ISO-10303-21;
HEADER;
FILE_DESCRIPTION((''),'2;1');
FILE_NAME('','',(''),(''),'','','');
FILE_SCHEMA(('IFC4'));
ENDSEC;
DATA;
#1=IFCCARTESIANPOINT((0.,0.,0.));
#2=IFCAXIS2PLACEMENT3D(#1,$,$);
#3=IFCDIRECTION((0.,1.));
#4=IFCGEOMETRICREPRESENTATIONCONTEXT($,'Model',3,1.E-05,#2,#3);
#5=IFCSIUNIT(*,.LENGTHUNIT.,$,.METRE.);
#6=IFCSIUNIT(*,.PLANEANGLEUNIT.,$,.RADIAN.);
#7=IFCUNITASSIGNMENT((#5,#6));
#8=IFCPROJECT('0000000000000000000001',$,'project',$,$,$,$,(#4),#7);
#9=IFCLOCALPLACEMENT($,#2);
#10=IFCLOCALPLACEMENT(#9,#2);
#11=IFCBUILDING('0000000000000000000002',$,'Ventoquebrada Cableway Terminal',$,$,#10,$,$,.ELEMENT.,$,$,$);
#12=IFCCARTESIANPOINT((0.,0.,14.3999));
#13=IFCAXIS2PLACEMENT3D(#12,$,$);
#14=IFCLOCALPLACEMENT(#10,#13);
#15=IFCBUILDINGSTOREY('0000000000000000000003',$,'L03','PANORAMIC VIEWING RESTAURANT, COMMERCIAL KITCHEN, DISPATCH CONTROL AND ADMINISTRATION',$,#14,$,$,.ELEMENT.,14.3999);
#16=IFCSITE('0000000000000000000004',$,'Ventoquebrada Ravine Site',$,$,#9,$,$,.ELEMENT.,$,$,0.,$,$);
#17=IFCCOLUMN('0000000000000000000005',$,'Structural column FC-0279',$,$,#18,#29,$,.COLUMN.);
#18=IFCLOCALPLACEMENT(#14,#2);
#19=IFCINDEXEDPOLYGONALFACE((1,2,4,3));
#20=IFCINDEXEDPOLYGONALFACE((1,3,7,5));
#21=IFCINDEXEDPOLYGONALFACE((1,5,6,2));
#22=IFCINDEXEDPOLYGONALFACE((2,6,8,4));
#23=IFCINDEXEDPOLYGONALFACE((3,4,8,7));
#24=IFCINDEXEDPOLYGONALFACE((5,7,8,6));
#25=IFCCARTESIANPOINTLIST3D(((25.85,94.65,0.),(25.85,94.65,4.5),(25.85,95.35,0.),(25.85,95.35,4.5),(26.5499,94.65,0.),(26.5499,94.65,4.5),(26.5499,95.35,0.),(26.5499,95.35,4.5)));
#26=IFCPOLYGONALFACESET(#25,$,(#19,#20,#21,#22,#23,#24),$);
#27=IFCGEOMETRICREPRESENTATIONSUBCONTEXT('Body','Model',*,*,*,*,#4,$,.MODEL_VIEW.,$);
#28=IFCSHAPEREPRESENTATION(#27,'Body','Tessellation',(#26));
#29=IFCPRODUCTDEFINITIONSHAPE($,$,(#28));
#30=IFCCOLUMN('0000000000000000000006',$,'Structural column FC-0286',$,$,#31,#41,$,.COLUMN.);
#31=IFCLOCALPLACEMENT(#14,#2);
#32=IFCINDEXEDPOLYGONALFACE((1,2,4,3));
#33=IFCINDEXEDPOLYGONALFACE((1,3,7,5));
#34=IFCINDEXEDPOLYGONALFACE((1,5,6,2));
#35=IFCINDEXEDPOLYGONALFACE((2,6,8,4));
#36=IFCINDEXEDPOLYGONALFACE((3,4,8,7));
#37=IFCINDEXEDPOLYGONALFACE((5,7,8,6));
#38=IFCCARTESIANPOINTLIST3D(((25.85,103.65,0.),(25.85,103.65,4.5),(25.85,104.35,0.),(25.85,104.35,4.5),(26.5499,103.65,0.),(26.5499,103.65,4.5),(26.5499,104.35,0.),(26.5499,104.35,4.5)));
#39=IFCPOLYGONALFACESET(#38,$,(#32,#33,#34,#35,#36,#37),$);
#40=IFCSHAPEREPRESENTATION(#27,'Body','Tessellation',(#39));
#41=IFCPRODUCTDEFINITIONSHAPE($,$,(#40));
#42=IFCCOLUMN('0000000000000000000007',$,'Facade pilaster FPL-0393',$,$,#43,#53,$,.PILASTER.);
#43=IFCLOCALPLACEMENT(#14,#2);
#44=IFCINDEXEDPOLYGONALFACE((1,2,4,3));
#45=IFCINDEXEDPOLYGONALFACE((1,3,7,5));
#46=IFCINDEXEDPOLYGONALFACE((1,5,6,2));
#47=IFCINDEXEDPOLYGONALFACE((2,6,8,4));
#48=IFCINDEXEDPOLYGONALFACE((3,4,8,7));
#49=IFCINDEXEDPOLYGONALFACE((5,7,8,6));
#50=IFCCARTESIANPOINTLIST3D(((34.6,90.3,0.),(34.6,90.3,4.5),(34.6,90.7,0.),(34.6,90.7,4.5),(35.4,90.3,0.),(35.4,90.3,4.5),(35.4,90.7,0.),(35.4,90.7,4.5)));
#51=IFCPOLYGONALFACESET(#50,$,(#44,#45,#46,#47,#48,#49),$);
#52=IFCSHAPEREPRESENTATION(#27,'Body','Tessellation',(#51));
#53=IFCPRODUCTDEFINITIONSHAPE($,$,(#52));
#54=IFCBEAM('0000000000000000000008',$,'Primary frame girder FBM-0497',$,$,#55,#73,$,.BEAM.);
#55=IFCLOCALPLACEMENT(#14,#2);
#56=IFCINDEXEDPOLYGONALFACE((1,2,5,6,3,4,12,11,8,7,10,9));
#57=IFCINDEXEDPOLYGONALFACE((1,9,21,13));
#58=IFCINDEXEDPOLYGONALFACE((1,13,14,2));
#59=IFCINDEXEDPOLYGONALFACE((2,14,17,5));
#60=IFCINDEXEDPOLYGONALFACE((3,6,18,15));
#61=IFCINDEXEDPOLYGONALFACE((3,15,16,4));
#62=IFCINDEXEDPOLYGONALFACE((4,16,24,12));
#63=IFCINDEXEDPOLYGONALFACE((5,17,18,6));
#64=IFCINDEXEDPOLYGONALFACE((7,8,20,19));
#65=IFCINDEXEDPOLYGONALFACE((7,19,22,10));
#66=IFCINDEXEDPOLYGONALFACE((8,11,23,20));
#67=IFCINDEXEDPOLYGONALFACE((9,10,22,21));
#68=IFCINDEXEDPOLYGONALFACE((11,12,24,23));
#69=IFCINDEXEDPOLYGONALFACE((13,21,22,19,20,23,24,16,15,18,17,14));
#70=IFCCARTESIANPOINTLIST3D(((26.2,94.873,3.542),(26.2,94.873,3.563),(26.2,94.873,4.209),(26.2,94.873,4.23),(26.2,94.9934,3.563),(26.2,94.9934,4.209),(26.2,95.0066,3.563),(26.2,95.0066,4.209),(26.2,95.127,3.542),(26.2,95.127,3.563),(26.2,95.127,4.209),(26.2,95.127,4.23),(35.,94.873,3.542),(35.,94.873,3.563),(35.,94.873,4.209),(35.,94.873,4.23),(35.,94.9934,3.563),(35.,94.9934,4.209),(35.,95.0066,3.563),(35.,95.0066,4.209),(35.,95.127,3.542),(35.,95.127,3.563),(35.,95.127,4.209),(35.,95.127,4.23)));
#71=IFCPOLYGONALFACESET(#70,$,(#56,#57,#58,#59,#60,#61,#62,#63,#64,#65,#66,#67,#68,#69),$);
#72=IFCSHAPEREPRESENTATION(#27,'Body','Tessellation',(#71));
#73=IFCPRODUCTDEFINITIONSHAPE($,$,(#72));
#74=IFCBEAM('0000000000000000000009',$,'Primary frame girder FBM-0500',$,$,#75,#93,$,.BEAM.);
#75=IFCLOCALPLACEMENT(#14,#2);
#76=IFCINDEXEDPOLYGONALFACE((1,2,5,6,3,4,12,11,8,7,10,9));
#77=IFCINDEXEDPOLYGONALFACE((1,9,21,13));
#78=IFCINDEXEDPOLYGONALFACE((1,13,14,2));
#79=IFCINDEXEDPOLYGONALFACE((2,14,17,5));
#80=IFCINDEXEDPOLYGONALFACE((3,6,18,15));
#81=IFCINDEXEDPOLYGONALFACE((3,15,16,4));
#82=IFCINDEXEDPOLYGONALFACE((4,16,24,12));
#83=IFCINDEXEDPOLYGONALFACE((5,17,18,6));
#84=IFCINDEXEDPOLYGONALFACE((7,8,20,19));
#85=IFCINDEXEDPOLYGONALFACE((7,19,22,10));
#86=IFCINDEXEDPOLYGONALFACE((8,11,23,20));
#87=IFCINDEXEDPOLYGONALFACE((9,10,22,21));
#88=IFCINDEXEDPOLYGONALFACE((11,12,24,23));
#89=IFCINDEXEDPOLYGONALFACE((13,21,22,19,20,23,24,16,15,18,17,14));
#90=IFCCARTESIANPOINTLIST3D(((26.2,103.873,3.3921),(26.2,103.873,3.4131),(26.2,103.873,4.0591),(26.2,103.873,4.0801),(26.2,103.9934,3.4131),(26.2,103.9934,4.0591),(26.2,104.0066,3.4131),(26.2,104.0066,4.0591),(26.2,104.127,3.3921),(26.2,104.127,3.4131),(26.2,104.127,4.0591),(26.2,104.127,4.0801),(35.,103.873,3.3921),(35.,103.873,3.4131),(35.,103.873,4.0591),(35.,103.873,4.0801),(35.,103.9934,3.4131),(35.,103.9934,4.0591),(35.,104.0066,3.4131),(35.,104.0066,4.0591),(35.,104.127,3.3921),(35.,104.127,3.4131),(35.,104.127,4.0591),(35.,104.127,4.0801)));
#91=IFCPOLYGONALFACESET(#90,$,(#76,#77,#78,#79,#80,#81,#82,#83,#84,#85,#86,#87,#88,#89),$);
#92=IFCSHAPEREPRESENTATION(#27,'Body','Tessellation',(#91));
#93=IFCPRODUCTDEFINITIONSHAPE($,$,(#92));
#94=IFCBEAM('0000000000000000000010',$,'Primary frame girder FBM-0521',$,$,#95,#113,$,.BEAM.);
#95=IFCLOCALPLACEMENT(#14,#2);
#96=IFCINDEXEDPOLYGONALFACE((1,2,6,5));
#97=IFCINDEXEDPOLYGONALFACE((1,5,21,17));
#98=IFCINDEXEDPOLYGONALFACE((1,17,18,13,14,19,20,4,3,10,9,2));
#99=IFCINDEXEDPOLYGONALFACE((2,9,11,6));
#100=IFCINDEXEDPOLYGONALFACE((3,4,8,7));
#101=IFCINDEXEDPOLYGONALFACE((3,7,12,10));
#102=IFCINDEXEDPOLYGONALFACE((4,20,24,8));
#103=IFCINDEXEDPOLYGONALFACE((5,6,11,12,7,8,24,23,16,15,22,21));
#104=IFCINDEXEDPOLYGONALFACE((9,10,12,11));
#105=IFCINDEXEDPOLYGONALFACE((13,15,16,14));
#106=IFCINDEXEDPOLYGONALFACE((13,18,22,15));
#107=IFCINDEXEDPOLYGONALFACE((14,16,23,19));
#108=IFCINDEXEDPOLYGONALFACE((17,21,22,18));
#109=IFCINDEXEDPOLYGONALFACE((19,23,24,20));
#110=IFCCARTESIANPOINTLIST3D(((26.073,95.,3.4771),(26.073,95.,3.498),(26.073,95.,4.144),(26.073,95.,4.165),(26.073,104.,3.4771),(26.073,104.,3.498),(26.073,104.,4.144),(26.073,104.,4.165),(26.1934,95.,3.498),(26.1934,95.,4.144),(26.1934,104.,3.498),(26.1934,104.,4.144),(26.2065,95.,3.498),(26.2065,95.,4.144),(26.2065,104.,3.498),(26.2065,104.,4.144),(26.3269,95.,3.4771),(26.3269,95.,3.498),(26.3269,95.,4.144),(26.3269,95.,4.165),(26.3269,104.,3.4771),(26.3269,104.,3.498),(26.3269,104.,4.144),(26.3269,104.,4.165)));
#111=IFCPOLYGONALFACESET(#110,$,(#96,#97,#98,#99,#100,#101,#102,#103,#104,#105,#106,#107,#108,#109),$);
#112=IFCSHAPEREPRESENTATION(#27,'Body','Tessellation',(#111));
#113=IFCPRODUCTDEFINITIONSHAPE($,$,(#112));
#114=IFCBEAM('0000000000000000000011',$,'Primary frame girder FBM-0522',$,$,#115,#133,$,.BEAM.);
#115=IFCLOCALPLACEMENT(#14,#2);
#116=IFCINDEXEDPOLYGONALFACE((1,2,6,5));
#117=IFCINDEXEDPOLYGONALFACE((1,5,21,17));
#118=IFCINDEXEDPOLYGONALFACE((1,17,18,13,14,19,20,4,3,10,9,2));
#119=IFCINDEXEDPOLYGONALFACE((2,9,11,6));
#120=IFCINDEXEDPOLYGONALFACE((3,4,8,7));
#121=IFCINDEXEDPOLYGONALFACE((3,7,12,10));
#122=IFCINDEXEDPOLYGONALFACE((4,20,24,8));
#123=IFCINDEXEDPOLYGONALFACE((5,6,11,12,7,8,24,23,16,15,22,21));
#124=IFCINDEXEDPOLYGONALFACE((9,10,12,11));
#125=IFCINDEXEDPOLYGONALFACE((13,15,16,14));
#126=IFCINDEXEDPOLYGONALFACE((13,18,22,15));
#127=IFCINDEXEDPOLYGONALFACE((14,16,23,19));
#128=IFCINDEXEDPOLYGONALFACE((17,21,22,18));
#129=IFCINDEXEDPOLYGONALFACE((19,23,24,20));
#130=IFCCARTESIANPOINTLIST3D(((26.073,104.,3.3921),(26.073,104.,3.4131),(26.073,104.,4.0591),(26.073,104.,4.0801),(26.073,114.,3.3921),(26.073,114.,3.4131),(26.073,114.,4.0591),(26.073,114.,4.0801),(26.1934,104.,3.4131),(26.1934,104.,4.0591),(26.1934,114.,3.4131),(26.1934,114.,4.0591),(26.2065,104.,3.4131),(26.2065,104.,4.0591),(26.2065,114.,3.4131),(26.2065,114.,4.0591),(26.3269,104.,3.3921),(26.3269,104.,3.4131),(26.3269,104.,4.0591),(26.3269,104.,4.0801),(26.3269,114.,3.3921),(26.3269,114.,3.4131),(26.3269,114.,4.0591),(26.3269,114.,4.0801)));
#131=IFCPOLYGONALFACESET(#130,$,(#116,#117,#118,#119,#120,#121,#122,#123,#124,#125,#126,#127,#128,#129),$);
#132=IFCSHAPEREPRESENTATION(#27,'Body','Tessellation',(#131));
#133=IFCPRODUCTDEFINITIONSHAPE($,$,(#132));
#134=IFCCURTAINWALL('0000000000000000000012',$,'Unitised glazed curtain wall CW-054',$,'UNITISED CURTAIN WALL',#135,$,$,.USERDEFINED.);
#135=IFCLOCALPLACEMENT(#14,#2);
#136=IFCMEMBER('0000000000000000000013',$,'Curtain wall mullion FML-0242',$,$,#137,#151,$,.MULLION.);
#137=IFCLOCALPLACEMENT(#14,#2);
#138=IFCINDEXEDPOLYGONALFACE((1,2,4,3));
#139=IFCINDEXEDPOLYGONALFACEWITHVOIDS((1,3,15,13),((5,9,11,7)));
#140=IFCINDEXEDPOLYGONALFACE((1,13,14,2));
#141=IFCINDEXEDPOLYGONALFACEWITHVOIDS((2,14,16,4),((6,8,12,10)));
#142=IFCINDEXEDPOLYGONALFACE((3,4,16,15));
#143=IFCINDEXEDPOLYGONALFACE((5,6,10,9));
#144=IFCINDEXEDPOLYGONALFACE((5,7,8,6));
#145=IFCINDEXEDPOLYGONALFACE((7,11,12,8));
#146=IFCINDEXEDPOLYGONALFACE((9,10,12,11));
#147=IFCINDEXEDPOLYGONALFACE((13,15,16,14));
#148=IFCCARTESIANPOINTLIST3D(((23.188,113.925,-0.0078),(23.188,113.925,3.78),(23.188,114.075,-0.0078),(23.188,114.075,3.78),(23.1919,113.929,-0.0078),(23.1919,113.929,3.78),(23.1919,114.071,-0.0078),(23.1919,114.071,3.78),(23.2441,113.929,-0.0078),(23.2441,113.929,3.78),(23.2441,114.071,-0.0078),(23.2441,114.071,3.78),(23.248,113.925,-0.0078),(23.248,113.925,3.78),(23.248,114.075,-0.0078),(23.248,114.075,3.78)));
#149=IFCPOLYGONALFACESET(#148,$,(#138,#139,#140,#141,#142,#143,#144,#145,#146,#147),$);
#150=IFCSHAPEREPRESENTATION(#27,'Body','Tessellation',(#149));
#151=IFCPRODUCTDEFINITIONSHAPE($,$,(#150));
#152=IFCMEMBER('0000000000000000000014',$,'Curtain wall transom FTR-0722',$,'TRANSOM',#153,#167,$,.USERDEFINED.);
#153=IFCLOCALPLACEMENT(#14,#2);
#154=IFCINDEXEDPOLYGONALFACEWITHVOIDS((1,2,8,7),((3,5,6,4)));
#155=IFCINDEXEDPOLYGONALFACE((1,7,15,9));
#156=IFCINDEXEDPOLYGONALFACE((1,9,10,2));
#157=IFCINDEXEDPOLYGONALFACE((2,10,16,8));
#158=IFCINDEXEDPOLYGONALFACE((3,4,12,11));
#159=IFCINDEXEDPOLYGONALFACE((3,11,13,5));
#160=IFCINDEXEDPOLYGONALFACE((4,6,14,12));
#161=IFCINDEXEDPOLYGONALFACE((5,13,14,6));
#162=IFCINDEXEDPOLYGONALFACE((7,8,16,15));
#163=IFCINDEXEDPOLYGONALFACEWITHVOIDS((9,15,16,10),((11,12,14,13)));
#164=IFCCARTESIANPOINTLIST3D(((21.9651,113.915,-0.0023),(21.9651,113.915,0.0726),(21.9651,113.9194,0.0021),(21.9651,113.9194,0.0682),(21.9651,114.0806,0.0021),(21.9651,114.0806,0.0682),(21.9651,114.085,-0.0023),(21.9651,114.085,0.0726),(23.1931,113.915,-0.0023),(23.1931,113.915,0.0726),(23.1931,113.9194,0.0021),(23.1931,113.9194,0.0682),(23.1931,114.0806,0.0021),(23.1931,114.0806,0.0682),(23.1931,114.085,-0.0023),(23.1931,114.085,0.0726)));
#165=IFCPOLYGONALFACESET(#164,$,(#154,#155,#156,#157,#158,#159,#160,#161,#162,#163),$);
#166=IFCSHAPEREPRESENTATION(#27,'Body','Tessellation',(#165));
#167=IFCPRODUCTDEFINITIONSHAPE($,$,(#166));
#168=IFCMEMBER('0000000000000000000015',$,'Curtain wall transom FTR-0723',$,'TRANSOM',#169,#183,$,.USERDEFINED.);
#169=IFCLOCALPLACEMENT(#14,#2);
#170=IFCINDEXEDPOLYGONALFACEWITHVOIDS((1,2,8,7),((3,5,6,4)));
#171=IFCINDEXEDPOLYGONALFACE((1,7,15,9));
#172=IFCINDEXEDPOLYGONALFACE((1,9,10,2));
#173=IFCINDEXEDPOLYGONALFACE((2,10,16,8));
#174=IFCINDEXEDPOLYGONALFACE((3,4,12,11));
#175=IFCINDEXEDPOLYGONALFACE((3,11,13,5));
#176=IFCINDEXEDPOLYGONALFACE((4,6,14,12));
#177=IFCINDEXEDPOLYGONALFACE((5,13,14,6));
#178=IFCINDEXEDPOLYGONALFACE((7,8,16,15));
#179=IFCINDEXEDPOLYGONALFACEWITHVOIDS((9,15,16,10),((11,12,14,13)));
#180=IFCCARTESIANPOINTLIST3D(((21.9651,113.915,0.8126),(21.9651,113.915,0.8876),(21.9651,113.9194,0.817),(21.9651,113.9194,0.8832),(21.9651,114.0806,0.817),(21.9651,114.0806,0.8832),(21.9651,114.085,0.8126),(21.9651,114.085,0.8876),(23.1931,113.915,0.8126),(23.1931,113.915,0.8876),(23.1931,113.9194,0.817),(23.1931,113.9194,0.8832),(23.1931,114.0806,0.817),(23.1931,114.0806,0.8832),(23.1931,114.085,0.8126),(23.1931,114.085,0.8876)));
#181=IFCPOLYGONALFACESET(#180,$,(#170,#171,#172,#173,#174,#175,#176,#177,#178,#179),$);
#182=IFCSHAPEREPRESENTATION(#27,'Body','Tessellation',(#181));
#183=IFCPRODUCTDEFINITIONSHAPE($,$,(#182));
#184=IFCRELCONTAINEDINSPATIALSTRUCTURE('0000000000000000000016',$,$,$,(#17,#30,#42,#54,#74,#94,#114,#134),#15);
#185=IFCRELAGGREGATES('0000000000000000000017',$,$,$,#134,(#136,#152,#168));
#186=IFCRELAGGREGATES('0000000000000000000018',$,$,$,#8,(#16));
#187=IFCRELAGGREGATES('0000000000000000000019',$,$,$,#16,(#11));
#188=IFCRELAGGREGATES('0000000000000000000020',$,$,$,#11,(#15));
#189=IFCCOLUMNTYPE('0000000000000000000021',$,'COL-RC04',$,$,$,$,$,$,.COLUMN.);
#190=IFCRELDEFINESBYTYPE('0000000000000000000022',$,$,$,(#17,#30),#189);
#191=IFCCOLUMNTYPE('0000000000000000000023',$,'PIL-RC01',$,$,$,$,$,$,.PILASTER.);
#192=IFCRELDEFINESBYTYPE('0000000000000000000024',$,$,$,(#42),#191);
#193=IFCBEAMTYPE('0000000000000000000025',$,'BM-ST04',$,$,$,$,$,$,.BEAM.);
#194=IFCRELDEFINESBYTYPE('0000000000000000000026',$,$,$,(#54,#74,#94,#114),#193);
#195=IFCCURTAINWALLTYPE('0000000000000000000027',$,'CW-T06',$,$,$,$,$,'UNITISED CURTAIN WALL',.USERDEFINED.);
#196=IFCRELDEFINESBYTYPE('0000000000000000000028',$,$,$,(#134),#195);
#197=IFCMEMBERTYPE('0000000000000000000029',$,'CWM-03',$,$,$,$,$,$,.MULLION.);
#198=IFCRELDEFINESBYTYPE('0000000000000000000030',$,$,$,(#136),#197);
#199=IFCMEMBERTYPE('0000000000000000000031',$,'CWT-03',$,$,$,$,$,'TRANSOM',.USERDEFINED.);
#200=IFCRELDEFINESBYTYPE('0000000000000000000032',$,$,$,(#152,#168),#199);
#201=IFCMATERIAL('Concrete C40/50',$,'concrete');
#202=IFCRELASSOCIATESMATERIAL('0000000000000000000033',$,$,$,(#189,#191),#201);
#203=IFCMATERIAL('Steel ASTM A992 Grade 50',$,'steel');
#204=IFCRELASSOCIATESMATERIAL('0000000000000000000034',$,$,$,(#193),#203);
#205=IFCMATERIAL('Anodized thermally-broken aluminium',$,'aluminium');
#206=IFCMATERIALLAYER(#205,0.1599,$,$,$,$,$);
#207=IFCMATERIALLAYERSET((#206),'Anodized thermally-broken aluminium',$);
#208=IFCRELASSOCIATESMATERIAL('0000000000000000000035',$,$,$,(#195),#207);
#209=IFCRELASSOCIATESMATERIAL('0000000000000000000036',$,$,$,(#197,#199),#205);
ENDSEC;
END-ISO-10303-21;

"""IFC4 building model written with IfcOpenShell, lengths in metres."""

from ifc_helpers import new_model, si_unit, direction, frame, origin, origin_2d, place, context, subcontext, project, spatial, rectangle, hollow_rectangle, i_section, extrude, material, layer, layer_set, material_profile, profile_set, type_object, element, aggregate, save


model = new_model("IFC4")

# Units and contexts
model_context = context("Model", 3, precision=1e-05, world=origin(), true_north=direction((0.0, 1.0)))
body_context = subcontext(model_context, "Body", "Model", "MODEL_VIEW")
ifc_project = project(units=[si_unit("LENGTHUNIT", "METRE"), si_unit("PLANEANGLEUNIT", "RADIAN")], contexts=[model_context])

# Site, building, storey
site_placement = place(None, origin())
site = spatial("IfcSite", under=ifc_project, at=site_placement, Name="Ventoquebrada Ravine Site", CompositionType="ELEMENT", RefElevation=0.0)
building_placement = place(site_placement, origin())
building = spatial("IfcBuilding", under=site, at=building_placement, Name="Ventoquebrada Cableway Terminal", CompositionType="ELEMENT")
storey_placement = place(building_placement, frame((0.0, 0.0, 14.3999)))
storey = spatial("IfcBuildingStorey", under=building, at=storey_placement, Name="L03", Description="PANORAMIC VIEWING RESTAURANT, COMMERCIAL KITCHEN, DISPATCH CONTROL AND ADMINISTRATION", CompositionType="ELEMENT", Elevation=14.3999)

# Columns
ifc_material_1 = material(Name="Concrete C40/50", Category="concrete")
ifc_material_profile_1 = material_profile(ifc_material_1, rectangle(XDim=0.7, YDim=0.7, at=origin_2d()), Name="RC-COL-700X700")
ifc_profile_set_1 = profile_set([ifc_material_profile_1], Name="Concrete C40/50")
column_type_1 = type_object("IfcColumnType", Name="COL-RC04", PredefinedType="COLUMN", material=ifc_profile_set_1)
for number, where, z_axis, x_axis, name in (
    (1, (26.2, 95.0, 0.0), (0.0, 0.0, 1.0), (1.0, 0.0, 0.0), "Structural column FC-0279"),
    (2, (26.2, 104.0, 0.0), (0.0, 0.0, 1.0), (1.0, 0.0, 0.0), "Structural column FC-0286"),
):
    element("IfcColumn", number, at=place(storey_placement, frame(where, z_axis=z_axis, x_axis=x_axis)), inside=storey, type_object=column_type_1, Name=name, PredefinedType="COLUMN", context=body_context, shape_type="SweptSolid", body=[
        extrude(rectangle(XDim=0.7, YDim=0.7, at=origin_2d()), origin(), (0.0, 0.0, 1.0), 4.5),
    ])
ifc_material_profile_2 = material_profile(ifc_material_1, rectangle(XDim=0.3999, YDim=0.8, at=origin_2d()), Name="RC-PIL-400X800")
ifc_profile_set_2 = profile_set([ifc_material_profile_2], Name="Concrete C40/50")
column_type_2 = type_object("IfcColumnType", Name="PIL-RC01", PredefinedType="PILASTER", material=ifc_profile_set_2)
column_placement = place(storey_placement, frame((35.0, 90.5, 0.0), z_axis=(0.0, 0.0, 1.0), x_axis=(0.0, 1.0, 0.0)))
element("IfcColumn", 3, at=column_placement, inside=storey, type_object=column_type_2, Name="Facade pilaster FPL-0393", PredefinedType="PILASTER", context=body_context, shape_type="SweptSolid", body=[
    extrude(rectangle(XDim=0.3999, YDim=0.8, at=origin_2d()), origin(), (0.0, 0.0, 1.0), 4.5),
])

# Beams
ifc_material_2 = material(Name="Steel ASTM A992 Grade 50", Category="steel")
ifc_material_profile_3 = material_profile(ifc_material_2, i_section(OverallWidth=0.2539, OverallDepth=0.688, WebThickness=0.0132, FlangeThickness=0.021, at=origin_2d()), Name="W27X102")
ifc_profile_set_3 = profile_set([ifc_material_profile_3], Name="Steel ASTM A992 Grade 50")
beam_type = type_object("IfcBeamType", Name="BM-ST04", PredefinedType="BEAM", material=ifc_profile_set_3)
for number, where, z_axis, x_axis, name in (
    (4, (26.2, 95.0, 3.886), (1.0, 0.0, 0.0), (0.0, 1.0, 0.0), "Primary frame girder FBM-0497"),
    (5, (26.2, 104.0, 3.7361), (1.0, 0.0, 0.0), (0.0, 1.0, 0.0), "Primary frame girder FBM-0500"),
):
    element("IfcBeam", number, at=place(storey_placement, frame(where, z_axis=z_axis, x_axis=x_axis)), inside=storey, type_object=beam_type, Name=name, PredefinedType="BEAM", context=body_context, shape_type="SweptSolid", body=[
        extrude(i_section(OverallWidth=0.2539, OverallDepth=0.688, WebThickness=0.0132, FlangeThickness=0.021, at=origin_2d()), origin(), (0.0, 0.0, 1.0), 8.8),
    ])
beam_1_placement = place(storey_placement, frame((26.2, 95.0, 3.821), z_axis=(0.0, 1.0, 0.0), x_axis=(-1.0, 0.0, 0.0)))
element("IfcBeam", 6, at=beam_1_placement, inside=storey, type_object=beam_type, Name="Primary frame girder FBM-0521", PredefinedType="BEAM", context=body_context, shape_type="SweptSolid", body=[
    extrude(i_section(OverallWidth=0.2539, OverallDepth=0.688, WebThickness=0.0132, FlangeThickness=0.021, at=origin_2d()), origin(), (0.0, 0.0, 1.0), 9.0),
])
beam_2_placement = place(storey_placement, frame((26.2, 104.0, 3.7361), z_axis=(0.0, 1.0, 0.0), x_axis=(-1.0, 0.0, 0.0)))
element("IfcBeam", 7, at=beam_2_placement, inside=storey, type_object=beam_type, Name="Primary frame girder FBM-0522", PredefinedType="BEAM", context=body_context, shape_type="SweptSolid", body=[
    extrude(i_section(OverallWidth=0.2539, OverallDepth=0.688, WebThickness=0.0132, FlangeThickness=0.021, at=origin_2d()), origin(), (0.0, 0.0, 1.0), 10.0),
])

# Curtain wall, members
ifc_material_3 = material(Name="Anodized thermally-broken aluminium", Category="aluminium")
ifc_layer_1 = layer(ifc_material_3, 0.1599)
ifc_layer_set_1 = layer_set([ifc_layer_1], Name="Anodized thermally-broken aluminium")
curtain_wall_type = type_object("IfcCurtainWallType", Name="CW-T06", ElementType="UNITISED CURTAIN WALL", PredefinedType="USERDEFINED", material=ifc_layer_set_1)
curtain_wall_placement = place(storey_placement, origin())
curtain_wall = element("IfcCurtainWall", 8, at=curtain_wall_placement, inside=storey, type_object=curtain_wall_type, Name="Unitised glazed curtain wall CW-054", ObjectType="UNITISED CURTAIN WALL", PredefinedType="USERDEFINED")
ifc_material_profile_4 = material_profile(ifc_material_3, hollow_rectangle(XDim=0.0601, YDim=0.1499, WallThickness=0.0039, at=origin_2d()), Name="CW-MUL-60X150")
ifc_profile_set_4 = profile_set([ifc_material_profile_4], Name="Anodized thermally-broken aluminium")
member_type_1 = type_object("IfcMemberType", Name="CWM-03", PredefinedType="MULLION", material=ifc_profile_set_4)
member_1_placement = place(storey_placement, frame((23.218, 114.0, -0.0078), z_axis=(0.0, 0.0, 1.0), x_axis=(-1.0, 0.0, 0.0)))
member_1 = element("IfcMember", 9, at=member_1_placement, type_object=member_type_1, Name="Curtain wall mullion FML-0242", PredefinedType="MULLION", context=body_context, shape_type="SweptSolid", body=[
    extrude(hollow_rectangle(XDim=0.0601, YDim=0.1499, WallThickness=0.0039, at=origin_2d()), origin(), (0.0, 0.0, 1.0), 3.7878),
])
ifc_material_profile_5 = material_profile(ifc_material_3, hollow_rectangle(XDim=0.075, YDim=0.1699, WallThickness=0.0044, at=origin_2d()), Name="CW-TRN-75X170")
ifc_profile_set_5 = profile_set([ifc_material_profile_5], Name="Anodized thermally-broken aluminium")
member_type_2 = type_object("IfcMemberType", Name="CWT-03", ElementType="TRANSOM", PredefinedType="USERDEFINED", material=ifc_profile_set_5)
member_2_placement = place(storey_placement, frame((23.1931, 114.0, 0.0352), z_axis=(-1.0, 0.0, 0.0), x_axis=(0.0, 0.0, 1.0)))
member_2 = element("IfcMember", 10, at=member_2_placement, type_object=member_type_2, Name="Curtain wall transom FTR-0722", ObjectType="TRANSOM", PredefinedType="USERDEFINED", context=body_context, shape_type="SweptSolid", body=[
    extrude(hollow_rectangle(XDim=0.075, YDim=0.1699, WallThickness=0.0044, at=origin_2d()), origin(), (0.0, 0.0, 1.0), 1.228),
])
member_3_placement = place(storey_placement, frame((23.1931, 114.0, 0.8501), z_axis=(-1.0, 0.0, 0.0), x_axis=(0.0, 0.0, 1.0)))
member_3 = element("IfcMember", 11, at=member_3_placement, type_object=member_type_2, Name="Curtain wall transom FTR-0723", ObjectType="TRANSOM", PredefinedType="USERDEFINED", context=body_context, shape_type="SweptSolid", body=[
    extrude(hollow_rectangle(XDim=0.075, YDim=0.1699, WallThickness=0.0044, at=origin_2d()), origin(), (0.0, 0.0, 1.0), 1.228),
])
aggregate(curtain_wall, [member_1, member_2, member_3])

save(model, "model.ifc")
